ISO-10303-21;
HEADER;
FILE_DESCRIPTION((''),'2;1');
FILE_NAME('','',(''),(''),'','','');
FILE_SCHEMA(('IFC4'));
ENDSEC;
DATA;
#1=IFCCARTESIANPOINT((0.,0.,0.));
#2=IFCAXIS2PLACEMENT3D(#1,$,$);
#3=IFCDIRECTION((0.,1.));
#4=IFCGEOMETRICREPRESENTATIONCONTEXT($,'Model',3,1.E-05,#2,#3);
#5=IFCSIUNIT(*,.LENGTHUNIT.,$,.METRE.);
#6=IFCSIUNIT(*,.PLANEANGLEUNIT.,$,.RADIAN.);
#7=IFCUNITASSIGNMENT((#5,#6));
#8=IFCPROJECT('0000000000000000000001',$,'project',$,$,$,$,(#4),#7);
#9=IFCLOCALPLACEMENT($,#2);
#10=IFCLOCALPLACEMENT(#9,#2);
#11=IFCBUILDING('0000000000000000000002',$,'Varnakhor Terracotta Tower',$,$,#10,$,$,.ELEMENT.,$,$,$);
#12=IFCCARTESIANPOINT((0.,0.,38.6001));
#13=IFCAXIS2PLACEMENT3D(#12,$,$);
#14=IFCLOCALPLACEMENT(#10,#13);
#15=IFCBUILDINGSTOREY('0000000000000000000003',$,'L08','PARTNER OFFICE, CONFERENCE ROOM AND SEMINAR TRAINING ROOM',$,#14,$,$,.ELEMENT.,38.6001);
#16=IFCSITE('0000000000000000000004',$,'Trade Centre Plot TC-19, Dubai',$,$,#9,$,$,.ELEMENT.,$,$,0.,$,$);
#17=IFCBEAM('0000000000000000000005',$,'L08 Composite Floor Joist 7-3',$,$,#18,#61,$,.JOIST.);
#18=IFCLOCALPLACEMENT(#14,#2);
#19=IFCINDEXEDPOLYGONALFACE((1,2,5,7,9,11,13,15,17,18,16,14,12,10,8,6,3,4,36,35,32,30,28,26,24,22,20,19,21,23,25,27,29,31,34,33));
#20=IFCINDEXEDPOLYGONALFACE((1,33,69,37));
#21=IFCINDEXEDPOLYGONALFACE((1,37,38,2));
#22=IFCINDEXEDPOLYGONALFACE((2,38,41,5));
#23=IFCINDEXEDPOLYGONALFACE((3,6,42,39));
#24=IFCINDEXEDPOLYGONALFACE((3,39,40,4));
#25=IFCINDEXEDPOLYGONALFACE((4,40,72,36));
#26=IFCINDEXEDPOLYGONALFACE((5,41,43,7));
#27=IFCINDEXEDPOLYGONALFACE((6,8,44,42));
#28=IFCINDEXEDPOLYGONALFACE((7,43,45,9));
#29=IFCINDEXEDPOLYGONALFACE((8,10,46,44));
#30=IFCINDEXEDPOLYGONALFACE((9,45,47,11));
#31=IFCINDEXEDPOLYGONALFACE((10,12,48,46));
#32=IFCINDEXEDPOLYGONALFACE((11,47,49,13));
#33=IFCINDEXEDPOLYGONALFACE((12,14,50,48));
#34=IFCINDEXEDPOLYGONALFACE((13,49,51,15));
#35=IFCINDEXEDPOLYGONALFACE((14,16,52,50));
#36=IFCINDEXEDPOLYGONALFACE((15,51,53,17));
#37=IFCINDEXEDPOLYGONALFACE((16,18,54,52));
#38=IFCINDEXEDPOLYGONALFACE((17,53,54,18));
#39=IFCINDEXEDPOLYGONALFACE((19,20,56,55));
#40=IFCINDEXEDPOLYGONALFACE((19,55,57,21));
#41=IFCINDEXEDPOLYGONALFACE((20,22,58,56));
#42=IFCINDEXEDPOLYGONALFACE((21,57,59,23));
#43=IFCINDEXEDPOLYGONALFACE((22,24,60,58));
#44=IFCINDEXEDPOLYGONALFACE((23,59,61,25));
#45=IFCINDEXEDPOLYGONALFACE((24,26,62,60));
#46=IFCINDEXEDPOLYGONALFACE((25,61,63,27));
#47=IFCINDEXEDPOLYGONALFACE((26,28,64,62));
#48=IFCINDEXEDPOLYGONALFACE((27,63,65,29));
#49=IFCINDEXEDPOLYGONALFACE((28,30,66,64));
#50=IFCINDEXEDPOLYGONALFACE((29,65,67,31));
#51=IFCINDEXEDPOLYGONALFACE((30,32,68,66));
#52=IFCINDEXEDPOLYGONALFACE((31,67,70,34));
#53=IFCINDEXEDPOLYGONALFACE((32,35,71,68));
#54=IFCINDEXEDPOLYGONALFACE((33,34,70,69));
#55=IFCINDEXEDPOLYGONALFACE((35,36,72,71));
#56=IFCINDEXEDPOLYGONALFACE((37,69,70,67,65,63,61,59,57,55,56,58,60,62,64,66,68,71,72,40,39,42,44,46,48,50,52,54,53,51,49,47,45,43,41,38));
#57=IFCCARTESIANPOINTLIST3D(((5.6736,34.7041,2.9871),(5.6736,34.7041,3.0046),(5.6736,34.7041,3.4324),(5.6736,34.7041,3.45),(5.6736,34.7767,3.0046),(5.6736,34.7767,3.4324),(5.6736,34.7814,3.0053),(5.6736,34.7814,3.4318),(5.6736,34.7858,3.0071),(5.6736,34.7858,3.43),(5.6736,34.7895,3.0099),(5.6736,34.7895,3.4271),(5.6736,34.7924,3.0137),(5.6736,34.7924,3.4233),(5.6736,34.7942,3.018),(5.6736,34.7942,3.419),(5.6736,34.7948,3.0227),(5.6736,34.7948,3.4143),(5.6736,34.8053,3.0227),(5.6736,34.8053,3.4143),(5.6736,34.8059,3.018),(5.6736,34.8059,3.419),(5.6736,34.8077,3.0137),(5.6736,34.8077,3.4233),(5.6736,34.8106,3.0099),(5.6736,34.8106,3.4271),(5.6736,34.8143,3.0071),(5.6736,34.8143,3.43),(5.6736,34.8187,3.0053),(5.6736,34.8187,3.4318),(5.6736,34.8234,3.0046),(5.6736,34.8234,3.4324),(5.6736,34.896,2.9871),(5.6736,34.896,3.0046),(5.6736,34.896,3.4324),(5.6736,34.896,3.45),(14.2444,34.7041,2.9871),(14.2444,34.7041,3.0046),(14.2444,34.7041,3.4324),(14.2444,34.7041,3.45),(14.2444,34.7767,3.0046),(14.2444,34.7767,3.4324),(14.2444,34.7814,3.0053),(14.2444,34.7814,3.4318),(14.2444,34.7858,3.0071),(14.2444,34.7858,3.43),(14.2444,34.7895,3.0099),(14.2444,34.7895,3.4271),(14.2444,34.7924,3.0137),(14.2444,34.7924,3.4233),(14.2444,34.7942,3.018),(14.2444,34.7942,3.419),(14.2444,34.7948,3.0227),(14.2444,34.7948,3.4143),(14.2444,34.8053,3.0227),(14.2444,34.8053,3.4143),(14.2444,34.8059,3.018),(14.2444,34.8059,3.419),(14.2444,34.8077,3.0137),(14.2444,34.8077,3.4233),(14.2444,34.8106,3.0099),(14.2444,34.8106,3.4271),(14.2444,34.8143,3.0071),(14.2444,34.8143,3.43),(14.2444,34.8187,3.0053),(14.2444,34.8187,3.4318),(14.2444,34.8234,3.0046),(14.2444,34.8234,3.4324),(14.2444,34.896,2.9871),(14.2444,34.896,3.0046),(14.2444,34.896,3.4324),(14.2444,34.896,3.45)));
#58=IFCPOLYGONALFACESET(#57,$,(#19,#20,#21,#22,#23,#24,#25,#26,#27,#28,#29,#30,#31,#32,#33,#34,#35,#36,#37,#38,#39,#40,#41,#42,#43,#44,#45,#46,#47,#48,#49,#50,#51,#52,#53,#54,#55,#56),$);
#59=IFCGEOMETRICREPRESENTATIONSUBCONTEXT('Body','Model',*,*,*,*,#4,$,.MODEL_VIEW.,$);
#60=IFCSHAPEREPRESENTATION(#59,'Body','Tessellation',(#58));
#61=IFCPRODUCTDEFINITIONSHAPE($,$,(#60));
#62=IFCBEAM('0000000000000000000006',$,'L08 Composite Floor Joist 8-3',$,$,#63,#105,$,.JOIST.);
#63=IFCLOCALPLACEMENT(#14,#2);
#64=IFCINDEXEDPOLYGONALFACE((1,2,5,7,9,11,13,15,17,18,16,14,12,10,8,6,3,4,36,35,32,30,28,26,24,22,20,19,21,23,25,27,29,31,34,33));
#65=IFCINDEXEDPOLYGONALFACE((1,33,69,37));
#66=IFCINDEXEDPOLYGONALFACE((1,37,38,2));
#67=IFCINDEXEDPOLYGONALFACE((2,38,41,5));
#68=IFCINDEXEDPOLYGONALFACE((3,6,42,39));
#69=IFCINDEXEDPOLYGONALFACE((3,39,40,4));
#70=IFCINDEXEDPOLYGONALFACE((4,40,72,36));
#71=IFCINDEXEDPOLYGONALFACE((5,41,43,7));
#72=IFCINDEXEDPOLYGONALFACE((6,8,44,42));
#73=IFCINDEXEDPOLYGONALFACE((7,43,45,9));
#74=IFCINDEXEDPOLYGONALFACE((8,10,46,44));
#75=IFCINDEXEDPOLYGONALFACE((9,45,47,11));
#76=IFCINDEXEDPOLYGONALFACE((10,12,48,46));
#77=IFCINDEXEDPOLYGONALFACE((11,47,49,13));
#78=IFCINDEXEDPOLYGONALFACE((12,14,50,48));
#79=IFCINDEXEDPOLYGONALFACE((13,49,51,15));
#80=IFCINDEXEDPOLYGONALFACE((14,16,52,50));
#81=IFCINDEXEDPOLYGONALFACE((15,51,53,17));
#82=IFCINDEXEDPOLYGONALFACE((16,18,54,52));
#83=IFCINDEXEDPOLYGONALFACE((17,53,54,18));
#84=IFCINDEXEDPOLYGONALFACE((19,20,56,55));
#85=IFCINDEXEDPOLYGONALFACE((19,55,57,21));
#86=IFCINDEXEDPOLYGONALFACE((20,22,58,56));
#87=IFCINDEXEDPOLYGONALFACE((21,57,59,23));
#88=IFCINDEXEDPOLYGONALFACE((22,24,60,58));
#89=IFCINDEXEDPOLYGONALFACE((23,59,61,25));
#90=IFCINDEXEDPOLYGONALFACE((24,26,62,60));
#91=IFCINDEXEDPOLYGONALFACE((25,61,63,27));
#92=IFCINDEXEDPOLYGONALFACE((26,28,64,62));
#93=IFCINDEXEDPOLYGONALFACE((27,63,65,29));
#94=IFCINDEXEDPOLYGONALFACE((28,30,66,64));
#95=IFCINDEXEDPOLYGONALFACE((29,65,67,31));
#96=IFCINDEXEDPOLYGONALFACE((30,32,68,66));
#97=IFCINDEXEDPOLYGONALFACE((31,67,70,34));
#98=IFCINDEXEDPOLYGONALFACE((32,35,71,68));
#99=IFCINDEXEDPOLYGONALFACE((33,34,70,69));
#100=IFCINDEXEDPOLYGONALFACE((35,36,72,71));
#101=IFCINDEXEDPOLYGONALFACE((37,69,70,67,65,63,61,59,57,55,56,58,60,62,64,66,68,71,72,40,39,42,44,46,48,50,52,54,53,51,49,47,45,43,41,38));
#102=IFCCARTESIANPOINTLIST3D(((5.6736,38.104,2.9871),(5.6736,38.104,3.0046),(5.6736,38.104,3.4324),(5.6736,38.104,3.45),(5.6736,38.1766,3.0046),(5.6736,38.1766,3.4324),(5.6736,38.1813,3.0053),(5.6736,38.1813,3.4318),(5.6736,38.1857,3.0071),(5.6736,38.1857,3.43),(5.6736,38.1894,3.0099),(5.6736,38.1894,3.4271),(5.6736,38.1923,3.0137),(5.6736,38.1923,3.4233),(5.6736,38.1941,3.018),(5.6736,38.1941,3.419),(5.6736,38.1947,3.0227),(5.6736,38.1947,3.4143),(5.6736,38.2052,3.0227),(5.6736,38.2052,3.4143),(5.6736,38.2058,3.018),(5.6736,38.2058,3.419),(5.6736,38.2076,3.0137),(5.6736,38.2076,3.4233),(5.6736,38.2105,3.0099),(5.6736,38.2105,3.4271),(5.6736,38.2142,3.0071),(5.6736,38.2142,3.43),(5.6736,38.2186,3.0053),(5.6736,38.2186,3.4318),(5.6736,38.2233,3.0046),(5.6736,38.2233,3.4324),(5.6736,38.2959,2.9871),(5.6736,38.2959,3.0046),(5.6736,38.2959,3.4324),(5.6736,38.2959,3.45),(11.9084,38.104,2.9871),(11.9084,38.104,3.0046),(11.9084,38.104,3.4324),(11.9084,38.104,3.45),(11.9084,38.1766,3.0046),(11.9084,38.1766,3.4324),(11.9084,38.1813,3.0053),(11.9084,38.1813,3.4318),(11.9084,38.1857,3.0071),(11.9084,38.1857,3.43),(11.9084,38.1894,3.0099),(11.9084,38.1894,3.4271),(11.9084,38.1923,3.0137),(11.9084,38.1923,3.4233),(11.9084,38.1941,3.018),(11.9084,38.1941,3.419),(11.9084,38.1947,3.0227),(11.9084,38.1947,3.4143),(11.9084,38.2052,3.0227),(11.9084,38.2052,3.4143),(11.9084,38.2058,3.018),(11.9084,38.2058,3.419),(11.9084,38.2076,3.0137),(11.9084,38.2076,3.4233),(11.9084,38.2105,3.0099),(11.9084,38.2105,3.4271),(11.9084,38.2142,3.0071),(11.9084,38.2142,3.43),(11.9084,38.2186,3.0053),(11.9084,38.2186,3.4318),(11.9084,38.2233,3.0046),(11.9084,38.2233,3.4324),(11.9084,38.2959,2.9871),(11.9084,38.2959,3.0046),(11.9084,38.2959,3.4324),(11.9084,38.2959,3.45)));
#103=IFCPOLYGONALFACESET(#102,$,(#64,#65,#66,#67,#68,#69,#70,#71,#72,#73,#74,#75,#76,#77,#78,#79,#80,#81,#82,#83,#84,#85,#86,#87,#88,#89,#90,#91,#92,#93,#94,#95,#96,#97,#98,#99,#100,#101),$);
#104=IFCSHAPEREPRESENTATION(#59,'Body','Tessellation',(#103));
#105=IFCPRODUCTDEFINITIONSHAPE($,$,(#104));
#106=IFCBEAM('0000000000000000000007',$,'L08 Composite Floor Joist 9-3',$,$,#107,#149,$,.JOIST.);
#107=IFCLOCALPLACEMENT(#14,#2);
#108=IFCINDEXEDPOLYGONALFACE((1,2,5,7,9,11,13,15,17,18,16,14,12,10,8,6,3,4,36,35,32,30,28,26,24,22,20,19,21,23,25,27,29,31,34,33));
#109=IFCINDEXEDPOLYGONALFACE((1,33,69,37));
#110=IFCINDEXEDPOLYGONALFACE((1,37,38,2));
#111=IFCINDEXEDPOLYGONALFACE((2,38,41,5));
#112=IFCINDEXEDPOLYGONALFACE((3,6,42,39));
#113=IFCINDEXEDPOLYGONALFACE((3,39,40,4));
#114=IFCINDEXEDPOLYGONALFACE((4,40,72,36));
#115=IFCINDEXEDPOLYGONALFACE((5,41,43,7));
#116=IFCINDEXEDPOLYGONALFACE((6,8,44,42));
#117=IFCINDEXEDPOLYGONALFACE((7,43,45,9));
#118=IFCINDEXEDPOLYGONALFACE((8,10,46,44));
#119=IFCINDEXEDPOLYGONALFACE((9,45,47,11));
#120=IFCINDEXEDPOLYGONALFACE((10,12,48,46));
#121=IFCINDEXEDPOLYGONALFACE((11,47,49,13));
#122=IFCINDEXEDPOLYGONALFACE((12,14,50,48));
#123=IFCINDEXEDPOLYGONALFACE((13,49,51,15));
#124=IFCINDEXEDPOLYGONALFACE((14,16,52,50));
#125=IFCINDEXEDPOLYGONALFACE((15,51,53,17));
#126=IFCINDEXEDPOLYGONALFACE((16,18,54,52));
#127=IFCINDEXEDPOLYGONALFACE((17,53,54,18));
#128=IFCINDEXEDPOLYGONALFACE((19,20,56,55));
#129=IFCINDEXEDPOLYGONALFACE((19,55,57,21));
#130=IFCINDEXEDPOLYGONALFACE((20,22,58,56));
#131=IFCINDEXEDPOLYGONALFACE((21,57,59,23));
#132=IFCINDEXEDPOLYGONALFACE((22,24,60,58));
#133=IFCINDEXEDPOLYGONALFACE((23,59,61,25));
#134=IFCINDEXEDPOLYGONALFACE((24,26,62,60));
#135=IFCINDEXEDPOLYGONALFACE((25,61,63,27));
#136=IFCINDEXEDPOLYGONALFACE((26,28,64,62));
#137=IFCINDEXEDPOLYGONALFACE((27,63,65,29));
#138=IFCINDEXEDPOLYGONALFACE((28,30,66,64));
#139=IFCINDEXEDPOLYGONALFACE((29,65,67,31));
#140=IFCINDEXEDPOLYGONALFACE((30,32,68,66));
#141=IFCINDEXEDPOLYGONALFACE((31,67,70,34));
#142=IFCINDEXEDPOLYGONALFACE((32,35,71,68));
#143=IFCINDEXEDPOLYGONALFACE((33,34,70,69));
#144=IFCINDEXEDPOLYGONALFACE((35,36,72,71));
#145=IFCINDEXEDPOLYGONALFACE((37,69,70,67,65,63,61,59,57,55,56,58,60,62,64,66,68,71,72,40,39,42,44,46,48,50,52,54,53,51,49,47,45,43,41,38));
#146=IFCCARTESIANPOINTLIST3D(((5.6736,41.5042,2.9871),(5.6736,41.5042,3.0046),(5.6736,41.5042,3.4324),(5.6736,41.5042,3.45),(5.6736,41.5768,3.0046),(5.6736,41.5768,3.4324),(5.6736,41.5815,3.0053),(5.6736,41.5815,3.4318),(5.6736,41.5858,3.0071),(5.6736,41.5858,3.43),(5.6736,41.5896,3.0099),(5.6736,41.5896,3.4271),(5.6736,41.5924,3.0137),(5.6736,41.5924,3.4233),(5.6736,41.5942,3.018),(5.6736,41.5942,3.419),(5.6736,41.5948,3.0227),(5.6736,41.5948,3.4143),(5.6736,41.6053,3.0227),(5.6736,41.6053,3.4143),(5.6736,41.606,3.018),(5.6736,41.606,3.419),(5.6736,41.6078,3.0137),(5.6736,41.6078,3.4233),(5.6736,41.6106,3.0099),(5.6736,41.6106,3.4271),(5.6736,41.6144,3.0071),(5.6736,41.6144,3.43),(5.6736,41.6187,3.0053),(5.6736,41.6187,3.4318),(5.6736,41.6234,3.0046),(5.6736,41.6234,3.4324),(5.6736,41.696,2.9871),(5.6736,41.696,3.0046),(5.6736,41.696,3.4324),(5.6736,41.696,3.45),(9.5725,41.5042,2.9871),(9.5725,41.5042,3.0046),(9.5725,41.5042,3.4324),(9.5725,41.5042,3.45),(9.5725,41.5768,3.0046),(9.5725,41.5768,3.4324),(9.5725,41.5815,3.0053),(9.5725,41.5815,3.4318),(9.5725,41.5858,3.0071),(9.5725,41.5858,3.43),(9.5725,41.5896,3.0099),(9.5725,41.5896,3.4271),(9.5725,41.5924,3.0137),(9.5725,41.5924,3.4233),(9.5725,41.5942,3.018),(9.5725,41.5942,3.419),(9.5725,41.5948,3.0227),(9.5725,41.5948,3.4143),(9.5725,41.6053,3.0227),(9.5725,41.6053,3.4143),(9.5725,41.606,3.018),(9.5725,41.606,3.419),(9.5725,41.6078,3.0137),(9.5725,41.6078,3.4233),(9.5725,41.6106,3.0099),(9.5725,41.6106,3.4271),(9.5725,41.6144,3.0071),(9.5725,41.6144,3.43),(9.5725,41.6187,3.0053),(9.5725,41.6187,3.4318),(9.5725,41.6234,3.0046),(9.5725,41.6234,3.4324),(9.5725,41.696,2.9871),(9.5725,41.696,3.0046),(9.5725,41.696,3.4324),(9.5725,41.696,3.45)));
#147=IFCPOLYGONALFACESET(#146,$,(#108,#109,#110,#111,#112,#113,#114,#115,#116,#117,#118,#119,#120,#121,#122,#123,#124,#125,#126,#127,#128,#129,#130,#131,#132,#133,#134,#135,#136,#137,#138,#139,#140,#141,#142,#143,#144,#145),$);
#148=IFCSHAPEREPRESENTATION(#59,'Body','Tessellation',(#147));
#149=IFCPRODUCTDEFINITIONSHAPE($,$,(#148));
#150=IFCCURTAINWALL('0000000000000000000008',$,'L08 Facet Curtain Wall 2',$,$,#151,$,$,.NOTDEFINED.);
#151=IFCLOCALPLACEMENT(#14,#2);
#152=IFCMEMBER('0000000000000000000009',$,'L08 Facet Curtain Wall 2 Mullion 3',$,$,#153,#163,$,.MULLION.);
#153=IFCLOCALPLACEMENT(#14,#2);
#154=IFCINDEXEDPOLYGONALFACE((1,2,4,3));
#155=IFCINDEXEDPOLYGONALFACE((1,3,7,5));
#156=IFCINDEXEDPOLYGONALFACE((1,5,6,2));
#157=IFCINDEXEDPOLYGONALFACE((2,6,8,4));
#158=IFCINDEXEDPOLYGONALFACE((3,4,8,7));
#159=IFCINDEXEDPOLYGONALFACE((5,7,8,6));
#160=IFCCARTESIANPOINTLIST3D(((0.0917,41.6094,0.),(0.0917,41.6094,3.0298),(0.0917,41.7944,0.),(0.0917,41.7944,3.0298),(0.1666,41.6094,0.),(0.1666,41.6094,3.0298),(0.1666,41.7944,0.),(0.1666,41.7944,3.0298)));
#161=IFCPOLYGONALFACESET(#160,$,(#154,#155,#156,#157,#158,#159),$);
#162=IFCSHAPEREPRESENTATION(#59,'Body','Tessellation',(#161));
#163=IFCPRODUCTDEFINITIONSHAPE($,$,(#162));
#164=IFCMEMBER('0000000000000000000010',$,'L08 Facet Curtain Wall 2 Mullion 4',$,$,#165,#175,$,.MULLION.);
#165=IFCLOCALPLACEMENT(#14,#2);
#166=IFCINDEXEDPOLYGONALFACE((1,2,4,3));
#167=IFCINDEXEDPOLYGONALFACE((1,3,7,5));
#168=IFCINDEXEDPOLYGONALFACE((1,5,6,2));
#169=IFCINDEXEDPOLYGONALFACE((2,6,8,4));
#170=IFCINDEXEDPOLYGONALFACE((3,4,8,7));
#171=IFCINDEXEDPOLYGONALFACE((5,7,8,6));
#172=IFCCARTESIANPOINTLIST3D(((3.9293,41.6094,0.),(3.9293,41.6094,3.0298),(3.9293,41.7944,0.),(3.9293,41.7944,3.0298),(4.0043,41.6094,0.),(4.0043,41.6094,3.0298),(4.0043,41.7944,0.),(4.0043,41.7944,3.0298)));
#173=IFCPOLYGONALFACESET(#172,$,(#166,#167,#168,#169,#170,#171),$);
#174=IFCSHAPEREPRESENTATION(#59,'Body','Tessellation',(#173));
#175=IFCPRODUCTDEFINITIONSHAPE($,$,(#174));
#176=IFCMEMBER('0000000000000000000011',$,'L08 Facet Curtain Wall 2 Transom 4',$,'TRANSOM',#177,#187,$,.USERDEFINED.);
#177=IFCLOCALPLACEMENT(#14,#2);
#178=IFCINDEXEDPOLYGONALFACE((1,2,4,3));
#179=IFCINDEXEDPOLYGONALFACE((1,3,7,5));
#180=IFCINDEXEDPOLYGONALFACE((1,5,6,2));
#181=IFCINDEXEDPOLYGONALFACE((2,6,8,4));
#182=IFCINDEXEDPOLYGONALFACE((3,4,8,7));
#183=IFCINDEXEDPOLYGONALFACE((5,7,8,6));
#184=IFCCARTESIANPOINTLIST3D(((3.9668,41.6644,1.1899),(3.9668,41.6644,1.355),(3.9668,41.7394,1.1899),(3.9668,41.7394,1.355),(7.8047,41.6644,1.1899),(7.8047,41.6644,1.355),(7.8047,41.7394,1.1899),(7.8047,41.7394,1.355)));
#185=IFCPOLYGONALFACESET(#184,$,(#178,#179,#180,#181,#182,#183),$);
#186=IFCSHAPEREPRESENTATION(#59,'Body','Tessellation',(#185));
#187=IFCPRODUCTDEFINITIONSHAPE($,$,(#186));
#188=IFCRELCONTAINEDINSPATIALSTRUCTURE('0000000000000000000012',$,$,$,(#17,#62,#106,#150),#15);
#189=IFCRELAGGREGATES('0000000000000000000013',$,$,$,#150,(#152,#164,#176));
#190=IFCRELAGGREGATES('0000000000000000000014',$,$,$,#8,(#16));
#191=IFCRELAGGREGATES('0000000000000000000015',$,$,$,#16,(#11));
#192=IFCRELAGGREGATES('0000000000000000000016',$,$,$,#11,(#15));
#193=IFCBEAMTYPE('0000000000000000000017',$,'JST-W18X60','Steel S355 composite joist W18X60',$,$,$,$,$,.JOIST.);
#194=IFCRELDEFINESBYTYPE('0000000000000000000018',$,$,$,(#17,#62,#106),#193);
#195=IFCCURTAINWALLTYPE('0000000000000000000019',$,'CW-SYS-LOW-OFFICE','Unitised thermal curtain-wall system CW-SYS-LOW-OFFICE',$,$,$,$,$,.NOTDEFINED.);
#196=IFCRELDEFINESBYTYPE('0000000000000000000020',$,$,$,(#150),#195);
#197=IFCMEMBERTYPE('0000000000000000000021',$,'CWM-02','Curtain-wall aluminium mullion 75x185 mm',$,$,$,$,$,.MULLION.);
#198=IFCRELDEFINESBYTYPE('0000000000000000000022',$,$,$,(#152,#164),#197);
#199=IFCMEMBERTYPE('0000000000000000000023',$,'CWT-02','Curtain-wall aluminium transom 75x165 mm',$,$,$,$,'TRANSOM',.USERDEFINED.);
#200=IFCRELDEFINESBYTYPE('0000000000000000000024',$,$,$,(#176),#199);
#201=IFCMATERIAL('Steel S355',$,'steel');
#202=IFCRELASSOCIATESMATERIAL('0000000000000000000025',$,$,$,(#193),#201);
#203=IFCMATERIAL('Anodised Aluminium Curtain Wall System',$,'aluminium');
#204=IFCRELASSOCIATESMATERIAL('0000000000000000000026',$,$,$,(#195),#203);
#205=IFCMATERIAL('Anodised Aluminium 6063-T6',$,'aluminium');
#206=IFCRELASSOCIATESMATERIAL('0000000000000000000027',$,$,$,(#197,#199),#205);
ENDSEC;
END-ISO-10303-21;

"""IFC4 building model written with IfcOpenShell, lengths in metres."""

from ifc_helpers import new_model, si_unit, direction, frame, origin, origin_2d, place, context, subcontext, project, spatial, rectangle, i_section, extrude, source, transform, mapped, material, material_profile, profile_set, type_object, element, aggregate, save


model = new_model("IFC4")

# Units and contexts
model_context = context("Model", 3, precision=1e-05, world=origin(), true_north=direction((0.0, 1.0)))
body_context = subcontext(model_context, "Body", "Model", "MODEL_VIEW")
ifc_project = project(units=[si_unit("LENGTHUNIT", "METRE"), si_unit("PLANEANGLEUNIT", "RADIAN")], contexts=[model_context])

# Site, building, storey
site_placement = place(None, origin())
site = spatial("IfcSite", under=ifc_project, at=site_placement, Name="Trade Centre Plot TC-19, Dubai", CompositionType="ELEMENT", RefElevation=0.0)
building_placement = place(site_placement, origin())
building = spatial("IfcBuilding", under=site, at=building_placement, Name="Varnakhor Terracotta Tower", CompositionType="ELEMENT")
storey_placement = place(building_placement, frame((0.0, 0.0, 38.6001)))
storey = spatial("IfcBuildingStorey", under=building, at=storey_placement, Name="L08", Description="PARTNER OFFICE, CONFERENCE ROOM AND SEMINAR TRAINING ROOM", CompositionType="ELEMENT", Elevation=38.6001)

# Beams
ifc_material_1 = material(Name="Steel S355", Category="steel")
ifc_material_profile_1 = material_profile(ifc_material_1, i_section(OverallWidth=0.1919, OverallDepth=0.4629, WebThickness=0.0105, FlangeThickness=0.0176, FilletRadius=0.0181, at=origin_2d()), Name="W18X60")
ifc_profile_set_1 = profile_set([ifc_material_profile_1], Name="Steel S355")
beam_type_1 = type_object("IfcBeamType", Name="JST-W18X60", Description="Steel S355 composite joist W18X60", PredefinedType="JOIST", material=ifc_profile_set_1)
shared_shape_1 = source(origin(), body_context, "Body", "SweptSolid", [
    extrude(i_section(OverallWidth=0.1919, OverallDepth=0.4629, WebThickness=0.0105, FlangeThickness=0.0176, FilletRadius=0.0181, at=origin_2d()), origin(), (0.0, 0.0, 1.0), 8.5708),
])
beam_1_placement = place(storey_placement, frame((5.6736, 34.8, 3.2185), z_axis=(1.0, 0.0, 0.0), x_axis=(0.0, 1.0, 0.0)))
element("IfcBeam", 1, at=beam_1_placement, inside=storey, type_object=beam_type_1, Name="L08 Composite Floor Joist 7-3", PredefinedType="JOIST", context=body_context, shape_type="MappedRepresentation", body=[
    mapped(shared_shape_1, transform((0.0, 0.0, 0.0), scale=1.0)),
])
shared_shape_2 = source(origin(), body_context, "Body", "SweptSolid", [
    extrude(i_section(OverallWidth=0.1919, OverallDepth=0.4629, WebThickness=0.0105, FlangeThickness=0.0176, FilletRadius=0.0181, at=origin_2d()), origin(), (0.0, 0.0, 1.0), 6.2349),
])
beam_2_placement = place(storey_placement, frame((5.6736, 38.2, 3.2185), z_axis=(1.0, 0.0, 0.0), x_axis=(0.0, 1.0, 0.0)))
element("IfcBeam", 2, at=beam_2_placement, inside=storey, type_object=beam_type_1, Name="L08 Composite Floor Joist 8-3", PredefinedType="JOIST", context=body_context, shape_type="MappedRepresentation", body=[
    mapped(shared_shape_2, transform((0.0, 0.0, 0.0), scale=1.0)),
])
shared_shape_3 = source(origin(), body_context, "Body", "SweptSolid", [
    extrude(i_section(OverallWidth=0.1919, OverallDepth=0.4629, WebThickness=0.0105, FlangeThickness=0.0176, FilletRadius=0.0181, at=origin_2d()), origin(), (0.0, 0.0, 1.0), 3.8989),
])
beam_3_placement = place(storey_placement, frame((5.6736, 41.6001, 3.2185), z_axis=(1.0, 0.0, 0.0), x_axis=(0.0, 1.0, 0.0)))
element("IfcBeam", 3, at=beam_3_placement, inside=storey, type_object=beam_type_1, Name="L08 Composite Floor Joist 9-3", PredefinedType="JOIST", context=body_context, shape_type="MappedRepresentation", body=[
    mapped(shared_shape_3, transform((0.0, 0.0, 0.0), scale=1.0)),
])

# Curtain wall, members
ifc_material_2 = material(Name="Anodised Aluminium Curtain Wall System", Category="aluminium")
curtain_wall_type = type_object("IfcCurtainWallType", Name="CW-SYS-LOW-OFFICE", Description="Unitised thermal curtain-wall system CW-SYS-LOW-OFFICE", PredefinedType="NOTDEFINED", material=ifc_material_2)
curtain_wall_placement = place(storey_placement, origin())
curtain_wall = element("IfcCurtainWall", 4, at=curtain_wall_placement, inside=storey, type_object=curtain_wall_type, Name="L08 Facet Curtain Wall 2", PredefinedType="NOTDEFINED")
ifc_material_3 = material(Name="Anodised Aluminium 6063-T6", Category="aluminium")
ifc_material_profile_2 = material_profile(ifc_material_3, rectangle(XDim=0.075, YDim=0.1851, at=origin_2d()), Name="ALU MULLION 75x185")
ifc_profile_set_2 = profile_set([ifc_material_profile_2], Name="Anodised Aluminium 6063-T6")
member_type_1 = type_object("IfcMemberType", Name="CWM-02", Description="Curtain-wall aluminium mullion 75x185 mm", PredefinedType="MULLION", material=ifc_profile_set_2)
shared_shape_4 = source(origin(), body_context, "Body", "SweptSolid", [
    extrude(rectangle(XDim=0.075, YDim=0.1851, at=origin_2d()), origin(), (0.0, 0.0, 1.0), 3.0298),
])
member_1_placement = place(storey_placement, frame((0.1292, 41.7019, 0.0), z_axis=(0.0, 0.0, 1.0), x_axis=(1.0, 0.0, 0.0)))
member_1 = element("IfcMember", 5, at=member_1_placement, type_object=member_type_1, Name="L08 Facet Curtain Wall 2 Mullion 3", PredefinedType="MULLION", context=body_context, shape_type="MappedRepresentation", body=[
    mapped(shared_shape_4, transform((0.0, 0.0, 0.0), scale=1.0)),
])
member_2_placement = place(storey_placement, frame((3.9668, 41.7019, 0.0), z_axis=(0.0, 0.0, 1.0), x_axis=(1.0, 0.0, 0.0)))
member_2 = element("IfcMember", 6, at=member_2_placement, type_object=member_type_1, Name="L08 Facet Curtain Wall 2 Mullion 4", PredefinedType="MULLION", context=body_context, shape_type="MappedRepresentation", body=[
    mapped(shared_shape_4, transform((0.0, 0.0, 0.0), scale=1.0)),
])
ifc_material_profile_3 = material_profile(ifc_material_3, rectangle(XDim=0.075, YDim=0.165, at=origin_2d()), Name="ALU TRANSOM 75x165")
ifc_profile_set_3 = profile_set([ifc_material_profile_3], Name="Anodised Aluminium 6063-T6")
member_type_2 = type_object("IfcMemberType", Name="CWT-02", Description="Curtain-wall aluminium transom 75x165 mm", ElementType="TRANSOM", PredefinedType="USERDEFINED", material=ifc_profile_set_3)
shared_shape_5 = source(origin(), body_context, "Body", "SweptSolid", [
    extrude(rectangle(XDim=0.075, YDim=0.165, at=origin_2d()), origin(), (0.0, 0.0, 1.0), 3.8379),
])
member_3_placement = place(storey_placement, frame((3.9668, 41.7019, 1.2725), z_axis=(1.0, 0.0, 0.0), x_axis=(0.0, 1.0, 0.0)))
member_3 = element("IfcMember", 7, at=member_3_placement, type_object=member_type_2, Name="L08 Facet Curtain Wall 2 Transom 4", ObjectType="TRANSOM", PredefinedType="USERDEFINED", context=body_context, shape_type="MappedRepresentation", body=[
    mapped(shared_shape_5, transform((0.0, 0.0, 0.0), scale=1.0)),
])
aggregate(curtain_wall, [member_1, member_2, member_3])

save(model, "model.ifc")
